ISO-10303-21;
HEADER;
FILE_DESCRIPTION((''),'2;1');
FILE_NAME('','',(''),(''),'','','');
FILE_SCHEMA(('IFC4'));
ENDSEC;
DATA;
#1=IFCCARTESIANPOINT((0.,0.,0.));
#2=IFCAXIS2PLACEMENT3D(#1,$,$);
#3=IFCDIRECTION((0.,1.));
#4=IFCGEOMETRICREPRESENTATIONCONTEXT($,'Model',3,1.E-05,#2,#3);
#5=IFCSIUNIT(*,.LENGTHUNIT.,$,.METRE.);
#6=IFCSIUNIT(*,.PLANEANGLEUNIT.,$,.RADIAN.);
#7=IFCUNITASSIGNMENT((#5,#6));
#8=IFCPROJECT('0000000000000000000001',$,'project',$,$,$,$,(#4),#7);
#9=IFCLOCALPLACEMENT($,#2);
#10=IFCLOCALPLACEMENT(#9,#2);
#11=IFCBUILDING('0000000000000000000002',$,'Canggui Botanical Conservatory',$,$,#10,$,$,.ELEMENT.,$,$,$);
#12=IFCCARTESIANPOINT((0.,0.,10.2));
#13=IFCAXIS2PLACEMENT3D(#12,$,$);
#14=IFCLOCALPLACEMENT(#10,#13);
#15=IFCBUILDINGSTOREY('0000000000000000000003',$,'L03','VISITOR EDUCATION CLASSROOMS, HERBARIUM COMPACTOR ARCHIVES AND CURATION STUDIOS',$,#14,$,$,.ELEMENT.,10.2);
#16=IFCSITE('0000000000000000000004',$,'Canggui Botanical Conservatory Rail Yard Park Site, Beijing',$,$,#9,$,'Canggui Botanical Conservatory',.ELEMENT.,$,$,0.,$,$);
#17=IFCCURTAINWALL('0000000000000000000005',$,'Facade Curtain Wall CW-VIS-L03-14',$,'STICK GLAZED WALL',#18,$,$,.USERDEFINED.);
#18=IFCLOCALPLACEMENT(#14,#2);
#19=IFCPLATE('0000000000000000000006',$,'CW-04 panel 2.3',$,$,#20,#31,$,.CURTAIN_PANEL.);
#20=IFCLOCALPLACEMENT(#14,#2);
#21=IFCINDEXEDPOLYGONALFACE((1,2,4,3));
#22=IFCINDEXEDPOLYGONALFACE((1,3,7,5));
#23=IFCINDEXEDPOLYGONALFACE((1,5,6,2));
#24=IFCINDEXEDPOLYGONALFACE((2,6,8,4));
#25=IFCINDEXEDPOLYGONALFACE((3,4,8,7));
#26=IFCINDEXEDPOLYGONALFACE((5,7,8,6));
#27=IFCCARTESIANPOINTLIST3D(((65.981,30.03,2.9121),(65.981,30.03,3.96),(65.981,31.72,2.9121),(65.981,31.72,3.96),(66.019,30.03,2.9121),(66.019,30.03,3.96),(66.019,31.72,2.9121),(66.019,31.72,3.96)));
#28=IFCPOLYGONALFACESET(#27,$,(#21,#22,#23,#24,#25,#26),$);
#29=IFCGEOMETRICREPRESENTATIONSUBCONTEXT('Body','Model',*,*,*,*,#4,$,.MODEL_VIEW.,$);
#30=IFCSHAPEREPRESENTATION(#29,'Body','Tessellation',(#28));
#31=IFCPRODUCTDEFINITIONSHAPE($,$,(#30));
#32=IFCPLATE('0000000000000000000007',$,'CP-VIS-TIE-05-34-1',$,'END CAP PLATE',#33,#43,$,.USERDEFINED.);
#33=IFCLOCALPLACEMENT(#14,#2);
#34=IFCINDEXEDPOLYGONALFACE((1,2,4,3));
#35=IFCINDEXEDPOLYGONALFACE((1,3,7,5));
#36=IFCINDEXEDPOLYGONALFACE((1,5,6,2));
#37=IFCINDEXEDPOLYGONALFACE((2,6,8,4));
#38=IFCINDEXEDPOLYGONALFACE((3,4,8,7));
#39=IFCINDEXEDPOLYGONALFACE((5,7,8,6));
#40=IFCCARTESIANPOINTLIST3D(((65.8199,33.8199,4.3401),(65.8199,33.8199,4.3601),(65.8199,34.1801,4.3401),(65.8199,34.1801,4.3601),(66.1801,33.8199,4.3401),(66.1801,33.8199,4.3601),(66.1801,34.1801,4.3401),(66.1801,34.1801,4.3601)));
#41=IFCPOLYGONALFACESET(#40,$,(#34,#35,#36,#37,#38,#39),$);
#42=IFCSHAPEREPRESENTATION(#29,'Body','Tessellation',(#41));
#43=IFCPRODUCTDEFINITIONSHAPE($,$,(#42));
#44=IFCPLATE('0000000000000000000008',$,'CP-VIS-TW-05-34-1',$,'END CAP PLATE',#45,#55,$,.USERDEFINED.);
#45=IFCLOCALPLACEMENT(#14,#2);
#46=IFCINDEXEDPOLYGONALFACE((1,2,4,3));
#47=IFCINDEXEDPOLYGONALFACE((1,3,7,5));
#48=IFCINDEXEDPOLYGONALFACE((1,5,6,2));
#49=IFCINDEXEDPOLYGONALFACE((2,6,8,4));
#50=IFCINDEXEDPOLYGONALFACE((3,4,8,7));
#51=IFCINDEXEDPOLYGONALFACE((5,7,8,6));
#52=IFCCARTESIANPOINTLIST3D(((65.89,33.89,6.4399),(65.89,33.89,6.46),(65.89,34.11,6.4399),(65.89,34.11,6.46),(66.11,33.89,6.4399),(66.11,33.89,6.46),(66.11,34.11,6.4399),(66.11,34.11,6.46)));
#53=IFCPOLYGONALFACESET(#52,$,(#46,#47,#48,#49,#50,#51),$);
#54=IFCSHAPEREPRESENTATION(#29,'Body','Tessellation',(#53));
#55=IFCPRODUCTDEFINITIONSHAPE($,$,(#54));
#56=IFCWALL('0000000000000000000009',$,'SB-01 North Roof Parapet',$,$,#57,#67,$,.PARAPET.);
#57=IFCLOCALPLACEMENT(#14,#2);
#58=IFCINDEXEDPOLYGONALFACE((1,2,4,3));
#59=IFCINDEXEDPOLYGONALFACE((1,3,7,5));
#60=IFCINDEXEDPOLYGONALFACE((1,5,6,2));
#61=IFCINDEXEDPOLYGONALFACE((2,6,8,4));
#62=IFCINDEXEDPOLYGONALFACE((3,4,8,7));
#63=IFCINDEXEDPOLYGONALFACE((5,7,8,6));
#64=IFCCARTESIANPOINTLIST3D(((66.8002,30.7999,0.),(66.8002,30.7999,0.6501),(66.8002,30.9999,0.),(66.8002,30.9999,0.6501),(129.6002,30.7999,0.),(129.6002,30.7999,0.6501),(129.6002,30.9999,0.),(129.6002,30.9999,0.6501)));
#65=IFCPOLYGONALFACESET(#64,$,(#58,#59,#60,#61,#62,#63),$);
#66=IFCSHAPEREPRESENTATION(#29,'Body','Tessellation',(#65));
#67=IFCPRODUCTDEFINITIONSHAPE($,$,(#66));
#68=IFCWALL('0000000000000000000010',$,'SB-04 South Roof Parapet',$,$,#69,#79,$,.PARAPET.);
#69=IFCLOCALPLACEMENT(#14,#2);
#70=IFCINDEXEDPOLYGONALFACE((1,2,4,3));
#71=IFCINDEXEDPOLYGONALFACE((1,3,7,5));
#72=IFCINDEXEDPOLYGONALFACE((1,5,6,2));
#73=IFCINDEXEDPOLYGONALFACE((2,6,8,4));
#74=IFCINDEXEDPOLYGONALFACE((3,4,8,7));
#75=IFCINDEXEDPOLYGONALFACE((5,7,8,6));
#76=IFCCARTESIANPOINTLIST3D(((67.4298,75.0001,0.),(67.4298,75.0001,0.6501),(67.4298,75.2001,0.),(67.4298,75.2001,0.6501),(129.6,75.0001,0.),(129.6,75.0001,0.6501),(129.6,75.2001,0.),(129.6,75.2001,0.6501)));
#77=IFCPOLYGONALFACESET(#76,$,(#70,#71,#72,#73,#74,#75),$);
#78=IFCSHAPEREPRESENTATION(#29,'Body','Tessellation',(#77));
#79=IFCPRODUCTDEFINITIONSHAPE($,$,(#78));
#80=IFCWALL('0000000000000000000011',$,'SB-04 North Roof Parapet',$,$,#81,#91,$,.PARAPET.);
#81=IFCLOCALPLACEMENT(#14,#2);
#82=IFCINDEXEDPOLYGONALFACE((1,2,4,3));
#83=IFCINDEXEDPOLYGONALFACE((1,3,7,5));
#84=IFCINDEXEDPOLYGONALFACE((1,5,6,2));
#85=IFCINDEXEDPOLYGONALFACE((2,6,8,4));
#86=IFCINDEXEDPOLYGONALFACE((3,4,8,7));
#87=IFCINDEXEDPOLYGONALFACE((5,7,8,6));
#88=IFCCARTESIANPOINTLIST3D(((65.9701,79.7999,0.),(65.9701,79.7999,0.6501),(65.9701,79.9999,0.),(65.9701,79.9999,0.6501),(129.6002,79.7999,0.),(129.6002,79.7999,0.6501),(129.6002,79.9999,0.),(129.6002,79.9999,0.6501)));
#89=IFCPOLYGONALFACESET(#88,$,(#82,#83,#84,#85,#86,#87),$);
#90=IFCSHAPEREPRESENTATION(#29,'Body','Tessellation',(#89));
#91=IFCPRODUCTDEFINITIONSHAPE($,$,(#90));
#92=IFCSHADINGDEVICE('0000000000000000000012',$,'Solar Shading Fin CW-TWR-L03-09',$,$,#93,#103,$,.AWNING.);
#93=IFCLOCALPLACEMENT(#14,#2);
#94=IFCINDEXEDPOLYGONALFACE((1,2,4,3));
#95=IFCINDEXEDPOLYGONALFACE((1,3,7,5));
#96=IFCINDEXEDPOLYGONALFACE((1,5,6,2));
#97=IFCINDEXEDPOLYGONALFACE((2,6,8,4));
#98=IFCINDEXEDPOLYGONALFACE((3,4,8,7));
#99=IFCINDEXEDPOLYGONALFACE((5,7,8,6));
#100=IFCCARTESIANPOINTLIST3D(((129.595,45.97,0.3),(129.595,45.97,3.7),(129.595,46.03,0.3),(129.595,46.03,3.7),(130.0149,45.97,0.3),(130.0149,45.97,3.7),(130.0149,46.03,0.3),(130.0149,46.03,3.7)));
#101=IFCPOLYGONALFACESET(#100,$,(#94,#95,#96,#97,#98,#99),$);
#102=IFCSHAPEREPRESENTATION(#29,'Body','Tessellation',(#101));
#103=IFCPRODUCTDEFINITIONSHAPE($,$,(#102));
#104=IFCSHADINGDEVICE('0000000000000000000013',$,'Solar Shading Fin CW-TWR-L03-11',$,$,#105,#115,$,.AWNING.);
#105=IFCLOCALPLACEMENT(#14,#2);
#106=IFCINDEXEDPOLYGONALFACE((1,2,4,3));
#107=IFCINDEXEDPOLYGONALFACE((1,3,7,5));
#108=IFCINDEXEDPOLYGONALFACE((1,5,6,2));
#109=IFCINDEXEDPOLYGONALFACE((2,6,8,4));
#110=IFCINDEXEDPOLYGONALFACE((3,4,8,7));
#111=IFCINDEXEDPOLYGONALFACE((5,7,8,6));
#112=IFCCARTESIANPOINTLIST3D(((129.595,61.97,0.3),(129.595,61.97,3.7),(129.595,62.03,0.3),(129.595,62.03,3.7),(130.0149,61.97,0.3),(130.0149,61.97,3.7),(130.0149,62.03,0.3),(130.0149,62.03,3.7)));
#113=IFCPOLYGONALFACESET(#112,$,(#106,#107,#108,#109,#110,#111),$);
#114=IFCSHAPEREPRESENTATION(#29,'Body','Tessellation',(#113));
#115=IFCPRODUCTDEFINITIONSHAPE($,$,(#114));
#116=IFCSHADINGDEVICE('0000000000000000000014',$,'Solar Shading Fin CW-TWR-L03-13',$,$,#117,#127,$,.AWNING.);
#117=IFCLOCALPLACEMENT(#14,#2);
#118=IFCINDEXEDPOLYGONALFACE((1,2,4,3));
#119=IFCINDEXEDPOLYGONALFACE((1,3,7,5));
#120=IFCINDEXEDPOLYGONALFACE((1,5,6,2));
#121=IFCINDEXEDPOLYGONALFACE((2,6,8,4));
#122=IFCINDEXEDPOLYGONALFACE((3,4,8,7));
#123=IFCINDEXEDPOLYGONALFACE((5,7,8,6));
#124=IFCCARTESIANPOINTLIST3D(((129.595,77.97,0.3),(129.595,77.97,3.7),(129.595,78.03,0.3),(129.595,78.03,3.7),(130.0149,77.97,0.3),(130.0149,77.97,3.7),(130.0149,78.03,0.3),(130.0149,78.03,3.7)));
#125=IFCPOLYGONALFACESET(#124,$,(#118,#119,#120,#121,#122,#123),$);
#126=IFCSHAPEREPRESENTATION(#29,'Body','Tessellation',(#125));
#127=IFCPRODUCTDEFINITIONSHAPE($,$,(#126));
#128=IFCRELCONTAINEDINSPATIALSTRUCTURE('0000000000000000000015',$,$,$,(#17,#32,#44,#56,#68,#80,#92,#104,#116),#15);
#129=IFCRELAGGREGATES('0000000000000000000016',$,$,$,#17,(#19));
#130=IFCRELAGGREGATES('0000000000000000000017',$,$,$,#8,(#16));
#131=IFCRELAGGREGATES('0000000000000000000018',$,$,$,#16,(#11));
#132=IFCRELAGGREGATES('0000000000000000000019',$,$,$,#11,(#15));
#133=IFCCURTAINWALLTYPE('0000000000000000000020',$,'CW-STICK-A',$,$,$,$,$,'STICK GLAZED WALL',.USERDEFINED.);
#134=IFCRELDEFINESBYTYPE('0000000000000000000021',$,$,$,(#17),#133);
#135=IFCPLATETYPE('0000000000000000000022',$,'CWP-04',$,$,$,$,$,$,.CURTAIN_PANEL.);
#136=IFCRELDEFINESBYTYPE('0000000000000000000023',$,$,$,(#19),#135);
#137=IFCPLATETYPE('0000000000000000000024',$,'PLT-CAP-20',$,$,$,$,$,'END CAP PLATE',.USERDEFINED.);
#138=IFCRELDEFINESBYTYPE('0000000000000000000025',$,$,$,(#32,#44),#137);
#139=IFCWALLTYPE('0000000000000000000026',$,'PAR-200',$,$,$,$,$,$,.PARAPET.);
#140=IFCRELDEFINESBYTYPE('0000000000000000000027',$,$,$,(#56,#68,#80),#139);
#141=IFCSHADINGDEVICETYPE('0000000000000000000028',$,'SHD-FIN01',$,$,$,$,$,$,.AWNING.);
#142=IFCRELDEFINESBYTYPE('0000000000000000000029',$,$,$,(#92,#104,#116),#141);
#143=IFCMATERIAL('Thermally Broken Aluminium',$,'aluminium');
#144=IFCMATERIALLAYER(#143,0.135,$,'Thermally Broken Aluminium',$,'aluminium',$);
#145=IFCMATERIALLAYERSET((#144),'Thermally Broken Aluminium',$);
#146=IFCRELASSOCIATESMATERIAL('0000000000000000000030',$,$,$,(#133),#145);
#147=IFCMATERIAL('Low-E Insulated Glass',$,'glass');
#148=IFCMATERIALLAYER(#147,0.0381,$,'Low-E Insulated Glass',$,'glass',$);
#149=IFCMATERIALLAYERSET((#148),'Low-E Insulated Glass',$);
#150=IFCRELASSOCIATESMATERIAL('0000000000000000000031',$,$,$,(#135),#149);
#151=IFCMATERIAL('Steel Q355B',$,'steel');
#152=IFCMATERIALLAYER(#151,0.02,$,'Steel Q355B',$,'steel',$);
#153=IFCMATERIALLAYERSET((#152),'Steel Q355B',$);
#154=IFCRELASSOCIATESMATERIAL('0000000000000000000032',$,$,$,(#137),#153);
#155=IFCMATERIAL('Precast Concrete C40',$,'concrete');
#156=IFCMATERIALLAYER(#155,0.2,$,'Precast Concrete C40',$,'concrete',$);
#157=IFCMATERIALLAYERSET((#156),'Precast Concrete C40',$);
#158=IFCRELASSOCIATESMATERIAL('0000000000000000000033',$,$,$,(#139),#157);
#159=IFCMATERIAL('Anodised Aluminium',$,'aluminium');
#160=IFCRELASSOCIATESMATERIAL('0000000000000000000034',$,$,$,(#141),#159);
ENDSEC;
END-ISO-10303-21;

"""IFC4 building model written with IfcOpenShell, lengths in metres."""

from ifc_helpers import new_model, si_unit, direction, frame, frame_2d, origin, origin_2d, place, context, subcontext, project, spatial, rectangle, extrude, material, layer, layer_set, type_object, element, aggregate, save


model = new_model("IFC4")

# Units and contexts
model_context = context("Model", 3, precision=1e-05, world=origin(), true_north=direction((0.0, 1.0)))
body_context = subcontext(model_context, "Body", "Model", "MODEL_VIEW")
ifc_project = project(units=[si_unit("LENGTHUNIT", "METRE"), si_unit("PLANEANGLEUNIT", "RADIAN")], contexts=[model_context])

# Site, building, storey
site_placement = place(None, origin())
site = spatial("IfcSite", under=ifc_project, at=site_placement, Name="Canggui Botanical Conservatory Rail Yard Park Site, Beijing", LongName="Canggui Botanical Conservatory", CompositionType="ELEMENT", RefElevation=0.0)
building_placement = place(site_placement, origin())
building = spatial("IfcBuilding", under=site, at=building_placement, Name="Canggui Botanical Conservatory", CompositionType="ELEMENT")
storey_placement = place(building_placement, frame((0.0, 0.0, 10.2)))
storey = spatial("IfcBuildingStorey", under=building, at=storey_placement, Name="L03", Description="VISITOR EDUCATION CLASSROOMS, HERBARIUM COMPACTOR ARCHIVES AND CURATION STUDIOS", CompositionType="ELEMENT", Elevation=10.2)

# Shared definitions
ifc_material_1 = material(Name="Thermally Broken Aluminium", Category="aluminium")

# Curtain wall, plate
ifc_layer_1 = layer(ifc_material_1, 0.135, Name="Thermally Broken Aluminium", Category="aluminium")
ifc_layer_set_1 = layer_set([ifc_layer_1], Name="Thermally Broken Aluminium")
curtain_wall_type_1 = type_object("IfcCurtainWallType", Name="CW-STICK-A", ElementType="STICK GLAZED WALL", PredefinedType="USERDEFINED", material=ifc_layer_set_1)
curtain_wall_1_placement = place(storey_placement, origin())
curtain_wall_1 = element("IfcCurtainWall", 1, at=curtain_wall_1_placement, inside=storey, type_object=curtain_wall_type_1, Name="Facade Curtain Wall CW-VIS-L03-14", ObjectType="STICK GLAZED WALL", PredefinedType="USERDEFINED")
ifc_material_2 = material(Name="Low-E Insulated Glass", Category="glass")
ifc_layer_2 = layer(ifc_material_2, 0.0381, Name="Low-E Insulated Glass", Category="glass")
ifc_layer_set_2 = layer_set([ifc_layer_2], Name="Low-E Insulated Glass")
plate_type_1 = type_object("IfcPlateType", Name="CWP-04", PredefinedType="CURTAIN_PANEL", material=ifc_layer_set_2)
plate_1_placement = place(storey_placement, frame((66.0, 30.875, 2.9121), z_axis=(0.0, 0.0, 1.0), x_axis=(0.0, -1.0, 0.0)))
plate_1 = element("IfcPlate", 2, at=plate_1_placement, type_object=plate_type_1, Name="CW-04 panel 2.3", PredefinedType="CURTAIN_PANEL", context=body_context, shape_type="SweptSolid", body=[
    extrude(rectangle(XDim=1.6899, YDim=0.0381, at=origin_2d()), origin(), (0.0, 0.0, 1.0), 1.0479),
])
aggregate(curtain_wall_1, [plate_1])

# Plates
ifc_material_3 = material(Name="Steel Q355B", Category="steel")
ifc_layer_3 = layer(ifc_material_3, 0.02, Name="Steel Q355B", Category="steel")
ifc_layer_set_3 = layer_set([ifc_layer_3], Name="Steel Q355B")
plate_type_2 = type_object("IfcPlateType", Name="PLT-CAP-20", ElementType="END CAP PLATE", PredefinedType="USERDEFINED", material=ifc_layer_set_3)
plate_2_placement = place(storey_placement, frame((66.0, 34.0, 4.3401), z_axis=(0.0, 0.0, 1.0), x_axis=(1.0, 0.0, 0.0)))
element("IfcPlate", 3, at=plate_2_placement, inside=storey, type_object=plate_type_2, Name="CP-VIS-TIE-05-34-1", ObjectType="END CAP PLATE", PredefinedType="USERDEFINED", context=body_context, shape_type="SweptSolid", body=[
    extrude(rectangle(XDim=0.3601, YDim=0.3601, at=origin_2d()), origin(), (0.0, 0.0, 1.0), 0.02),
])
plate_3_placement = place(storey_placement, frame((66.0, 34.0, 6.4399), z_axis=(0.0, 0.0, 1.0), x_axis=(1.0, 0.0, 0.0)))
element("IfcPlate", 4, at=plate_3_placement, inside=storey, type_object=plate_type_2, Name="CP-VIS-TW-05-34-1", ObjectType="END CAP PLATE", PredefinedType="USERDEFINED", context=body_context, shape_type="SweptSolid", body=[
    extrude(rectangle(XDim=0.22, YDim=0.22, at=origin_2d()), origin(), (0.0, 0.0, 1.0), 0.02),
])

# Walls
ifc_material_4 = material(Name="Precast Concrete C40", Category="concrete")
ifc_layer_4 = layer(ifc_material_4, 0.2, Name="Precast Concrete C40", Category="concrete")
ifc_layer_set_4 = layer_set([ifc_layer_4], Name="Precast Concrete C40")
wall_type = type_object("IfcWallType", Name="PAR-200", PredefinedType="PARAPET", material=ifc_layer_set_4)
wall_1_placement = place(storey_placement, frame((129.6001, 30.8999, 0.0), z_axis=(0.0, 0.0, 1.0), x_axis=(-1.0, 0.0, 0.0)))
element("IfcWall", 5, at=wall_1_placement, inside=storey, type_object=wall_type, Name="SB-01 North Roof Parapet", PredefinedType="PARAPET", context=body_context, shape_type="SweptSolid", body=[
    extrude(rectangle(XDim=62.8, YDim=0.2, at=frame_2d((31.3999, 0.0))), origin(), (0.0, 0.0, 1.0), 0.6501),
])
wall_2_placement = place(storey_placement, frame((67.4299, 75.1001, 0.0), z_axis=(0.0, 0.0, 1.0), x_axis=(1.0, 0.0, 0.0)))
element("IfcWall", 6, at=wall_2_placement, inside=storey, type_object=wall_type, Name="SB-04 South Roof Parapet", PredefinedType="PARAPET", context=body_context, shape_type="SweptSolid", body=[
    extrude(rectangle(XDim=62.1702, YDim=0.2, at=frame_2d((31.085, 0.0))), origin(), (0.0, 0.0, 1.0), 0.6501),
])
wall_3_placement = place(storey_placement, frame((129.6001, 79.8999, 0.0), z_axis=(0.0, 0.0, 1.0), x_axis=(-1.0, 0.0, 0.0)))
element("IfcWall", 7, at=wall_3_placement, inside=storey, type_object=wall_type, Name="SB-04 North Roof Parapet", PredefinedType="PARAPET", context=body_context, shape_type="SweptSolid", body=[
    extrude(rectangle(XDim=63.6301, YDim=0.2, at=frame_2d((31.8149, 0.0))), origin(), (0.0, 0.0, 1.0), 0.6501),
])

# Shading devices
ifc_material_5 = material(Name="Anodised Aluminium", Category="aluminium")
shading_device_type = type_object("IfcShadingDeviceType", Name="SHD-FIN01", PredefinedType="AWNING", material=ifc_material_5)
for number, where, z_axis, x_axis, name in (
    (8, (129.8049, 46.0, 0.3), (0.0, 0.0, 1.0), (0.0, 1.0, 0.0), "Solar Shading Fin CW-TWR-L03-09"),
    (9, (129.8049, 62.0, 0.3), (0.0, 0.0, 1.0), (0.0, 1.0, 0.0), "Solar Shading Fin CW-TWR-L03-11"),
    (10, (129.8049, 78.0, 0.3), (0.0, 0.0, 1.0), (0.0, 1.0, 0.0), "Solar Shading Fin CW-TWR-L03-13"),
):
    element("IfcShadingDevice", number, at=place(storey_placement, frame(where, z_axis=z_axis, x_axis=x_axis)), inside=storey, type_object=shading_device_type, Name=name, PredefinedType="AWNING", context=body_context, shape_type="SweptSolid", body=[
        extrude(rectangle(XDim=0.0601, YDim=0.4199, at=origin_2d()), origin(), (0.0, 0.0, 1.0), 3.3999),
    ])

save(model, "model.ifc")
